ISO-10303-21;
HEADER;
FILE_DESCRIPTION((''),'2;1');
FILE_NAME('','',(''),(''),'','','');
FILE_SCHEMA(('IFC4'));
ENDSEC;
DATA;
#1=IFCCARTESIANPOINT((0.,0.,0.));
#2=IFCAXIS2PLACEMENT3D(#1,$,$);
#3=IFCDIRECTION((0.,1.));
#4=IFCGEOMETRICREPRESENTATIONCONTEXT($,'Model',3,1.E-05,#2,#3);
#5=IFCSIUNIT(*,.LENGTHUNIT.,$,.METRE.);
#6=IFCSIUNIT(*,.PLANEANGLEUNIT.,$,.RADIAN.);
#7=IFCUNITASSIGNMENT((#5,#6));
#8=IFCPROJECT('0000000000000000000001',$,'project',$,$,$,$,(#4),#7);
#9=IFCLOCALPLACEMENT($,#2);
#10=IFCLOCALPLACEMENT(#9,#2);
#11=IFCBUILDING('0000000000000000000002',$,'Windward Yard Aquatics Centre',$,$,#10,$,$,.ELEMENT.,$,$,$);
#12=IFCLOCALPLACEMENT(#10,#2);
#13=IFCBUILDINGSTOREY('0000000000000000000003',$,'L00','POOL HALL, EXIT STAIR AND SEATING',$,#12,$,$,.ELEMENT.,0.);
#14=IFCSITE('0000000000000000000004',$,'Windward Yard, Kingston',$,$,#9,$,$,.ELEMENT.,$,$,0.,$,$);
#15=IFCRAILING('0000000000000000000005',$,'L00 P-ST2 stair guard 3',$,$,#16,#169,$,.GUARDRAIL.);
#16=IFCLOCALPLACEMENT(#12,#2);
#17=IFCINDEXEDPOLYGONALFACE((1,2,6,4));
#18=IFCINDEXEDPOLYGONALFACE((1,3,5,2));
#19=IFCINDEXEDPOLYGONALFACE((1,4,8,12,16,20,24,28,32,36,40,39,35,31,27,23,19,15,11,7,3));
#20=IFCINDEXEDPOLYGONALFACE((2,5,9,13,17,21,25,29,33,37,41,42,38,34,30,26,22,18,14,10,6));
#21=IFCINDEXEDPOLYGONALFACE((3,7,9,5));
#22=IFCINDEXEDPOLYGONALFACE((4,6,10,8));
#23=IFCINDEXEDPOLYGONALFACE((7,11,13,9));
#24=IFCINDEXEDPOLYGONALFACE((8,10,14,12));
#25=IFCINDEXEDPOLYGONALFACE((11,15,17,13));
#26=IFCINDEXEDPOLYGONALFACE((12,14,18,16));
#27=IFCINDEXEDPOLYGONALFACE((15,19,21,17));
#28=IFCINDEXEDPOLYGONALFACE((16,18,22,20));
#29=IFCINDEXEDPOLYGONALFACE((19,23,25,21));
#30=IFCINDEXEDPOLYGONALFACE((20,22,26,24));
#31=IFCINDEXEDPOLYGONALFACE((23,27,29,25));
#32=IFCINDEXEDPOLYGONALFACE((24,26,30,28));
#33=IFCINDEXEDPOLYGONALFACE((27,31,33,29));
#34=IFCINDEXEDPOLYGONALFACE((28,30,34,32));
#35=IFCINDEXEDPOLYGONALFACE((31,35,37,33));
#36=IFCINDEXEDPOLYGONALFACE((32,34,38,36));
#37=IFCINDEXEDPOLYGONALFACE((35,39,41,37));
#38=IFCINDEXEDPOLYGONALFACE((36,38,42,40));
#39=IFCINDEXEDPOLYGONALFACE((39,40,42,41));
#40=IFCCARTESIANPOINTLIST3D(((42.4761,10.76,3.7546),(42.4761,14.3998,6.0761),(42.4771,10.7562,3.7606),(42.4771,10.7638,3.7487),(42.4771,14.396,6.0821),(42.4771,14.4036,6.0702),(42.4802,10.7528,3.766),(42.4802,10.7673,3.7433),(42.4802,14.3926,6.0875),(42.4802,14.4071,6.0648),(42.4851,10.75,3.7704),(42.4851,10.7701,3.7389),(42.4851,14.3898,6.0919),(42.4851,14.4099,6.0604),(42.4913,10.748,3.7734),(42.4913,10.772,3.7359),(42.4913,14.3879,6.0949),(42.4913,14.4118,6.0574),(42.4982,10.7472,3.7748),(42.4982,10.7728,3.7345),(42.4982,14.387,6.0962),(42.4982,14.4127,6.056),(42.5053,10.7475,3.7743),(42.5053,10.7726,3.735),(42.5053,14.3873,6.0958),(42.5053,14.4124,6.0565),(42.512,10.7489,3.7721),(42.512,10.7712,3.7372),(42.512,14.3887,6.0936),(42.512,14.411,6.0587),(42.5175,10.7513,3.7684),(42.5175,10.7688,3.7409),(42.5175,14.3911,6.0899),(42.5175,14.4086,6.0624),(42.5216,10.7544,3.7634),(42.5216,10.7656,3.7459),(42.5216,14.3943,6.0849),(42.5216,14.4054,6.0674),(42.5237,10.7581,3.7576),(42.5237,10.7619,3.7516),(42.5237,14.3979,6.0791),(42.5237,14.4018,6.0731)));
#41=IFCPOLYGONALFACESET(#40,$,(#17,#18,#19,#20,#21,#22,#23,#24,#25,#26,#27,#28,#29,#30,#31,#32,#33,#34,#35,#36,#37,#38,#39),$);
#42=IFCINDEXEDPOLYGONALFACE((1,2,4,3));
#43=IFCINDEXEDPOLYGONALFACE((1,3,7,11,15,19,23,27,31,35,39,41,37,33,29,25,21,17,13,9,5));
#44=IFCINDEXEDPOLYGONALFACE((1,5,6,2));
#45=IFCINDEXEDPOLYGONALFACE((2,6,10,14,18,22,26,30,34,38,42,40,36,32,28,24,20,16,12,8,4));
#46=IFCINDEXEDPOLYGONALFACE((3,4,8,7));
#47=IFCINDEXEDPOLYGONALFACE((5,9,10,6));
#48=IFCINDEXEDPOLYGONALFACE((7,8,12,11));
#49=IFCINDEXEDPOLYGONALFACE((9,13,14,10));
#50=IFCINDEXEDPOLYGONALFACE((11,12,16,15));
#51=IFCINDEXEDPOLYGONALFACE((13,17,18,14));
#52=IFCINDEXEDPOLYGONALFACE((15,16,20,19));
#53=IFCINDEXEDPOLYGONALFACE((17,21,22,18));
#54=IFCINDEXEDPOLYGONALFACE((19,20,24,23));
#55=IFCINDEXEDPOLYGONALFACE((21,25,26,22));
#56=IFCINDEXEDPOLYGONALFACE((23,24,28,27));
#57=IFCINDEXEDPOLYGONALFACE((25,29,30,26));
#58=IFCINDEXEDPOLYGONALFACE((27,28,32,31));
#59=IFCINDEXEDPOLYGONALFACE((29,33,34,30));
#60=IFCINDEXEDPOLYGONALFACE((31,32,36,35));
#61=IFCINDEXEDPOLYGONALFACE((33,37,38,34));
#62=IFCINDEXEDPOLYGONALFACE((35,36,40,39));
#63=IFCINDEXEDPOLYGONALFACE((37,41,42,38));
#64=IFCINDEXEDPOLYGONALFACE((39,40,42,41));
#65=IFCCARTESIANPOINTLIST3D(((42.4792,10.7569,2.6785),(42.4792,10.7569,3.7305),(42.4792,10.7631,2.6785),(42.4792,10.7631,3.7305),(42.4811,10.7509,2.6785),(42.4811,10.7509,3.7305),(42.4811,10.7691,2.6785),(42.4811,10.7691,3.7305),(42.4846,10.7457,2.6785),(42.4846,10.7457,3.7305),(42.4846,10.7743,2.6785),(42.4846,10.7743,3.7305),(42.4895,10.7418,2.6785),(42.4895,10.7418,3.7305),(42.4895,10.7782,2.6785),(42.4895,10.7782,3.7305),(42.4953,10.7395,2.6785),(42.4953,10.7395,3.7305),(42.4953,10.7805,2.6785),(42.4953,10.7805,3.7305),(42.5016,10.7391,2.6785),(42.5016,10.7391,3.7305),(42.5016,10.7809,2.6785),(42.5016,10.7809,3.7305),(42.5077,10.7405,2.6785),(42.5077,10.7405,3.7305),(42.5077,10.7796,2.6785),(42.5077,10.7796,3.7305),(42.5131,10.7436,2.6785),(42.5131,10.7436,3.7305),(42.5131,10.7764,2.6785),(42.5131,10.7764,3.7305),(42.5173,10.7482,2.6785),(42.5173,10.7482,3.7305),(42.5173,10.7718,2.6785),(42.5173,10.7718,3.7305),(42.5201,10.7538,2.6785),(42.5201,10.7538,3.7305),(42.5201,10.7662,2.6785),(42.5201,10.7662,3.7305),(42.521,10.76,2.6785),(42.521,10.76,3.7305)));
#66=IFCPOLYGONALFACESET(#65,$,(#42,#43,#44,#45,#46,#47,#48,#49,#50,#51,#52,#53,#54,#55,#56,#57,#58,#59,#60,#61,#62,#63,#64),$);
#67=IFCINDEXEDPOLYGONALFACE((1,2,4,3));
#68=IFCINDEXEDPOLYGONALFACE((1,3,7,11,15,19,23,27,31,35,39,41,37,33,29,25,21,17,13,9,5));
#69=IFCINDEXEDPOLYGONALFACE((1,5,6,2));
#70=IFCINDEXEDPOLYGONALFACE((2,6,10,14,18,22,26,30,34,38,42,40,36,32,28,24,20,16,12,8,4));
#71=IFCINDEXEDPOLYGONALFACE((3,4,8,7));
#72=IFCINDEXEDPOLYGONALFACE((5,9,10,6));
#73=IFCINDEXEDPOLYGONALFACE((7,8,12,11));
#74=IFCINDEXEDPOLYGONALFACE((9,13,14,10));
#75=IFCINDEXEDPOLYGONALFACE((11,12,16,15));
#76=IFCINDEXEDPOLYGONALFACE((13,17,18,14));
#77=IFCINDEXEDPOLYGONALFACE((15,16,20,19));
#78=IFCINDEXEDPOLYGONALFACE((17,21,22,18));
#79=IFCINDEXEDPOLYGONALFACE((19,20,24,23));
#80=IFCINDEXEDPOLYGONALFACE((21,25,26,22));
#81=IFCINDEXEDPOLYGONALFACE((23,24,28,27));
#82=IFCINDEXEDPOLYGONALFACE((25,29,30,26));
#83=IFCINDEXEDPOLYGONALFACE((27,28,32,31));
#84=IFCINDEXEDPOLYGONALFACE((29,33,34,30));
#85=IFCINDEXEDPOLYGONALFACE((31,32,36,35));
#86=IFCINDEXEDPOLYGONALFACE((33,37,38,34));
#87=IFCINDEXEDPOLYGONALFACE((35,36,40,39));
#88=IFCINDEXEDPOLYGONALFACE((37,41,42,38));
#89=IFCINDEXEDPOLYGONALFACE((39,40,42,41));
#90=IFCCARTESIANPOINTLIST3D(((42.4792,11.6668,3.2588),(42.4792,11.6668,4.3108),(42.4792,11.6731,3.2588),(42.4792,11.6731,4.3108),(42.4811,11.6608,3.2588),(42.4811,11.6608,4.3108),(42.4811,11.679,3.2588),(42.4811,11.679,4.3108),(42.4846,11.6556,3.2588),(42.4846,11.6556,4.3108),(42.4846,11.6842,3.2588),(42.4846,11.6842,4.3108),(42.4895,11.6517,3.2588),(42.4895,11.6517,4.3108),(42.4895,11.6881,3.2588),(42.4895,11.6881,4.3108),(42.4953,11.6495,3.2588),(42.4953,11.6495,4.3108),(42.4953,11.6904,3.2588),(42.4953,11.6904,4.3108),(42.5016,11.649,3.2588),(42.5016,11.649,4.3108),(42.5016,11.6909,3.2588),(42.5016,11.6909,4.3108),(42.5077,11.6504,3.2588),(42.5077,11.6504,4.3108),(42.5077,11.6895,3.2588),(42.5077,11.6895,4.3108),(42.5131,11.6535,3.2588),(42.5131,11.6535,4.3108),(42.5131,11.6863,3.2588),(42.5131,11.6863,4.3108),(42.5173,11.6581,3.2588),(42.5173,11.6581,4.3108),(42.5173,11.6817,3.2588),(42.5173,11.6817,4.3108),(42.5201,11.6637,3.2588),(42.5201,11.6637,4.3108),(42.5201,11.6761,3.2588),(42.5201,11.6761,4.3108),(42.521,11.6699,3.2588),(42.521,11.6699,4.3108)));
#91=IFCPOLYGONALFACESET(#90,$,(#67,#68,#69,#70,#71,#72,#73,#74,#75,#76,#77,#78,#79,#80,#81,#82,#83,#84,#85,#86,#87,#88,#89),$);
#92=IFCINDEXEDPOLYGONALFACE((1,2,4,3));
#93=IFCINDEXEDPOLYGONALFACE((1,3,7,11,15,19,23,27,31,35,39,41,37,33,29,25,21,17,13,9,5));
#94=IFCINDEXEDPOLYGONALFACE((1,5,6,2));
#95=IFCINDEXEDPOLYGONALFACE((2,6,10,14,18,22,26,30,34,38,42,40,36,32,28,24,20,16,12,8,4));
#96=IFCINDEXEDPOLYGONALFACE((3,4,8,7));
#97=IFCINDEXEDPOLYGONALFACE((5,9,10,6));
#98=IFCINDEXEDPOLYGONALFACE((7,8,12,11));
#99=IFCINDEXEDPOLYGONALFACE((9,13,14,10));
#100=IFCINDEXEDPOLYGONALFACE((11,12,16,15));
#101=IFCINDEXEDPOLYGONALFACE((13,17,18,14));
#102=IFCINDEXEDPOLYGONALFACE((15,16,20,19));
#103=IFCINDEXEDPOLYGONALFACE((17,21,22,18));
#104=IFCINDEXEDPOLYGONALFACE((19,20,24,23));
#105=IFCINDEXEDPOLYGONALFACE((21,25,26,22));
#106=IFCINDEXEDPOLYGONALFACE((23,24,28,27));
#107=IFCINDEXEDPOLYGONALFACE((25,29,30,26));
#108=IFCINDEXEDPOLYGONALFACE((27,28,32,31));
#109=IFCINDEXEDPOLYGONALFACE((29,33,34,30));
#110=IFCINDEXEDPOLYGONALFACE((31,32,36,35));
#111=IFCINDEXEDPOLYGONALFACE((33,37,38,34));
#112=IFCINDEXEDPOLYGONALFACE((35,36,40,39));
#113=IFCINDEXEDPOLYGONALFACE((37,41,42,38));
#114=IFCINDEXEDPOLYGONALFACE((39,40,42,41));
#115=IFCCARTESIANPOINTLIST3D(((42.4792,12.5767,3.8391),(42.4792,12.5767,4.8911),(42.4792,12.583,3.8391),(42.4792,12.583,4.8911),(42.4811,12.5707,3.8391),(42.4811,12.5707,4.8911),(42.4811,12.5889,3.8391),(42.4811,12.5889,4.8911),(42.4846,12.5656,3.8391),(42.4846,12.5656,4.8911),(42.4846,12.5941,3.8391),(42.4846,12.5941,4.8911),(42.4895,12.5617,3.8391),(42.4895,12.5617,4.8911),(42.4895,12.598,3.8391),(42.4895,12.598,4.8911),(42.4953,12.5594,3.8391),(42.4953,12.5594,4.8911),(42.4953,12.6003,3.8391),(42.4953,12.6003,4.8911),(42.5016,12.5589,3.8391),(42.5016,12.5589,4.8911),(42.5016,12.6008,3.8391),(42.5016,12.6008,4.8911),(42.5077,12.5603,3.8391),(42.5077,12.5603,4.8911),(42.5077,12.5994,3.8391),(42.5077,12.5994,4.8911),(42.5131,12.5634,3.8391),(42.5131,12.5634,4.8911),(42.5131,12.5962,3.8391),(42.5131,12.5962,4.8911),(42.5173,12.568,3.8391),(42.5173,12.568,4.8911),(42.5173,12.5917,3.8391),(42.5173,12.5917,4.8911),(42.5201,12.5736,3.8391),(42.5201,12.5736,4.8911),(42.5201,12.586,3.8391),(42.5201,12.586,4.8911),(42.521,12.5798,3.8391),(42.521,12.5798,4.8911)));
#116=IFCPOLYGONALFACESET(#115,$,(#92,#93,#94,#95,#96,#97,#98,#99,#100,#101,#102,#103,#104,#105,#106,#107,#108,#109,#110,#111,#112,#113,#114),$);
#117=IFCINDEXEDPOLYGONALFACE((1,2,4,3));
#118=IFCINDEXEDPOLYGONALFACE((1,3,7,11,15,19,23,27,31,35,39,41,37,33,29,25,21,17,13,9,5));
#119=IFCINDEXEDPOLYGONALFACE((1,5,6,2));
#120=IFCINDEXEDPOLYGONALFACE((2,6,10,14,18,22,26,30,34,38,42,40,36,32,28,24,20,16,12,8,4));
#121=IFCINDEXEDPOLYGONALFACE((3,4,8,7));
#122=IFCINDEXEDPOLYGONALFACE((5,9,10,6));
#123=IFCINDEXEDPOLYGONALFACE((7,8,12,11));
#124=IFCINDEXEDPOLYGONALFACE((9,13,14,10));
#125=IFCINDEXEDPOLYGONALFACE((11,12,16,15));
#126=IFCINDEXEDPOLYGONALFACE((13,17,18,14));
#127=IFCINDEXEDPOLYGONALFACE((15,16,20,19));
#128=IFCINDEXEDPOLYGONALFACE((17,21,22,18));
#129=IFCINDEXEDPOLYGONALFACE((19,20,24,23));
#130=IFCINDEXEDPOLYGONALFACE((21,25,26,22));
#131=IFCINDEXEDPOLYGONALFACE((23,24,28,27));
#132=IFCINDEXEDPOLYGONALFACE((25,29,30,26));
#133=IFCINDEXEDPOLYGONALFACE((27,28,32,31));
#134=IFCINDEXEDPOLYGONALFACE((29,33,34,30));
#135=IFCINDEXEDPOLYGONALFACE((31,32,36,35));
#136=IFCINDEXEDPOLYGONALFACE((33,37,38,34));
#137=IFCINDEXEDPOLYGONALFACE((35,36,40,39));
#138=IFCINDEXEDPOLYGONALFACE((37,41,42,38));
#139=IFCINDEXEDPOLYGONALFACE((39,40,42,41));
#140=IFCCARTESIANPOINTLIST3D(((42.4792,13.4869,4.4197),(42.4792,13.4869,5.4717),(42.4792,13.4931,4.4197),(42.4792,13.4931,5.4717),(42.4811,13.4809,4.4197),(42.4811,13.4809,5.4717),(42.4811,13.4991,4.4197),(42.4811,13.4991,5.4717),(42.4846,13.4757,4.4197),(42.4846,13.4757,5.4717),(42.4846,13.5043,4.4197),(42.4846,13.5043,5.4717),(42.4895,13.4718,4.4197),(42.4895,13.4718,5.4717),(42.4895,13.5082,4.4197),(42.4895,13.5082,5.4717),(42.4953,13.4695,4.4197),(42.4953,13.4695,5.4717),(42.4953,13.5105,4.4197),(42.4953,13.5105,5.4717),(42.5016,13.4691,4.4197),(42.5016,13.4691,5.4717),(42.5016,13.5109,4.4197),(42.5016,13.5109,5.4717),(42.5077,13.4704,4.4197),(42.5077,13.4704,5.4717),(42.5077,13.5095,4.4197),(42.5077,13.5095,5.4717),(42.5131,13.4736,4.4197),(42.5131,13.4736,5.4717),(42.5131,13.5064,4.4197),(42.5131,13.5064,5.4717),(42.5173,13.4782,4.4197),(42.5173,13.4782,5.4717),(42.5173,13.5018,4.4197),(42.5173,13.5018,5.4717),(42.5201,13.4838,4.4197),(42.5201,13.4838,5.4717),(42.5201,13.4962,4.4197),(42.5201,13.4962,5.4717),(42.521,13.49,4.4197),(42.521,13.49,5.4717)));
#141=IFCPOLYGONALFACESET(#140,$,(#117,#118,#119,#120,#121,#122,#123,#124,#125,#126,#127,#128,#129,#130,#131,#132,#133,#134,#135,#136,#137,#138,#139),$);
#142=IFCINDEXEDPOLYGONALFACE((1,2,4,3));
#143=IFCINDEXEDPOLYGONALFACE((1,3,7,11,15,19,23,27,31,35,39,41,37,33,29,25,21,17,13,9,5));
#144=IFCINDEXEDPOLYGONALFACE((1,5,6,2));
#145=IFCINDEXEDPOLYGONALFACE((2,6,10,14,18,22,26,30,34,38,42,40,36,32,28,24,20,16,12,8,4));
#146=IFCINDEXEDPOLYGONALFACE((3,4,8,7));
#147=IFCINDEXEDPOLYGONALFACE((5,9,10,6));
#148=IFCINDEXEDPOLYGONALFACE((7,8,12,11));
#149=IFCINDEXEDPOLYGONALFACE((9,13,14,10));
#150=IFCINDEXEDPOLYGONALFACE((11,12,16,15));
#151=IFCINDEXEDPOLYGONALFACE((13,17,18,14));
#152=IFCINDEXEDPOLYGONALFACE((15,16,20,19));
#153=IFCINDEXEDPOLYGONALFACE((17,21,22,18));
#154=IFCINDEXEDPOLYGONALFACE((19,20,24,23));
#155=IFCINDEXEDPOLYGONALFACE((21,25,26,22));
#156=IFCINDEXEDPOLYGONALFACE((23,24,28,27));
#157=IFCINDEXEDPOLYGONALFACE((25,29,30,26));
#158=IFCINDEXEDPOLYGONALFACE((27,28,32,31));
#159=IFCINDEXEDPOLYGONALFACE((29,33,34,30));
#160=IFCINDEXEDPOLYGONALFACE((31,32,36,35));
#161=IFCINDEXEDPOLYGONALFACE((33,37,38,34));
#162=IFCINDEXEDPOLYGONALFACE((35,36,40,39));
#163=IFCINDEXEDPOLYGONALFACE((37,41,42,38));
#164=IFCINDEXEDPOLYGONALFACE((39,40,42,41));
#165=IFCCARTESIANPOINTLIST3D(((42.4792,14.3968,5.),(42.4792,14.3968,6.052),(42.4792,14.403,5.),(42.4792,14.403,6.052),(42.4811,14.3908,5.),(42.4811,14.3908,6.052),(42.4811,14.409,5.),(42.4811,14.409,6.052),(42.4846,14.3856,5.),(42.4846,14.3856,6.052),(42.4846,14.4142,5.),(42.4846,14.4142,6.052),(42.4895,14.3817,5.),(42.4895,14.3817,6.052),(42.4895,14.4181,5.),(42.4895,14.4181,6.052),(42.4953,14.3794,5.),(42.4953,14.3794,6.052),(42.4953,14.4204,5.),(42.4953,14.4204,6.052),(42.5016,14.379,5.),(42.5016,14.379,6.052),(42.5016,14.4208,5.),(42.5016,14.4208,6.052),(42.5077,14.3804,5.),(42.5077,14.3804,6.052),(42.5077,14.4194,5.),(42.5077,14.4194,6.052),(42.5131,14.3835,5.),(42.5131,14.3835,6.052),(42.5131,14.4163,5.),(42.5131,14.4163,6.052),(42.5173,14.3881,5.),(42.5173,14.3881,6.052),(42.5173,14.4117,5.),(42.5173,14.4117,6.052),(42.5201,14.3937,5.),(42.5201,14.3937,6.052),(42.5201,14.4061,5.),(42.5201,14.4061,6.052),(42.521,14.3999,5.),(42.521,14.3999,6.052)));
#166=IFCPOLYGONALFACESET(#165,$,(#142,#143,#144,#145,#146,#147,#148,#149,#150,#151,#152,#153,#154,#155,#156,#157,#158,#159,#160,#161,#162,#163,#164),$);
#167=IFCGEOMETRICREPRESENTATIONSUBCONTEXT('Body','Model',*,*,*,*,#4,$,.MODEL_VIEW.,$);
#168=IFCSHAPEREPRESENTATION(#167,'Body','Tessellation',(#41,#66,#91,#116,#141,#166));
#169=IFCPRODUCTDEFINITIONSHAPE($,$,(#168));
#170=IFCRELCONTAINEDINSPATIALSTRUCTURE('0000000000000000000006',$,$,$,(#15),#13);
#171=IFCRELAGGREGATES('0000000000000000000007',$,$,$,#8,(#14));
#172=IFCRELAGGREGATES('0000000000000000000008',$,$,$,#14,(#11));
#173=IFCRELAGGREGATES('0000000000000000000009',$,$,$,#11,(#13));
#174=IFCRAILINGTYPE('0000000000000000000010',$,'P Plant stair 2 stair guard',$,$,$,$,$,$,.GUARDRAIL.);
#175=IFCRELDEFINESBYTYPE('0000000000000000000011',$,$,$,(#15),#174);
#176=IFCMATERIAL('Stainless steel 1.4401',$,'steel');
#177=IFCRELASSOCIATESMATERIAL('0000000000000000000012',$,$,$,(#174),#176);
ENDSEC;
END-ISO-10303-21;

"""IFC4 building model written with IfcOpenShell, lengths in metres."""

from ifc_helpers import new_model, si_unit, direction, frame, origin, origin_2d, place, context, subcontext, project, spatial, circle, extrude, material, type_object, element, save


model = new_model("IFC4")

# Units and contexts
model_context = context("Model", 3, precision=1e-05, world=origin(), true_north=direction((0.0, 1.0)))
body_context = subcontext(model_context, "Body", "Model", "MODEL_VIEW")
ifc_project = project(units=[si_unit("LENGTHUNIT", "METRE"), si_unit("PLANEANGLEUNIT", "RADIAN")], contexts=[model_context])

# Site, building, storey
site_placement = place(None, origin())
site = spatial("IfcSite", under=ifc_project, at=site_placement, Name="Windward Yard, Kingston", CompositionType="ELEMENT", RefElevation=0.0)
building_placement = place(site_placement, origin())
building = spatial("IfcBuilding", under=site, at=building_placement, Name="Windward Yard Aquatics Centre", CompositionType="ELEMENT")
storey_placement = place(building_placement, origin())
storey = spatial("IfcBuildingStorey", under=building, at=storey_placement, Name="L00", Description="POOL HALL, EXIT STAIR AND SEATING", CompositionType="ELEMENT", Elevation=0.0)

# Railing
ifc_material_1 = material(Name="Stainless steel 1.4401", Category="steel")
railing_type_1 = type_object("IfcRailingType", Name="P Plant stair 2 stair guard", PredefinedType="GUARDRAIL", material=ifc_material_1)
railing_1_placement = place(storey_placement, frame((42.5, 10.76, 2.6785)))
element("IfcRailing", 1, at=railing_1_placement, inside=storey, type_object=railing_type_1, Name="L00 P-ST2 stair guard 3", PredefinedType="GUARDRAIL", context=body_context, shape_type="SweptSolid", body=[
    extrude(circle(Radius=0.0239, at=origin_2d()), frame((0.0, 0.0, 1.0762), z_axis=(0.0, 0.843112, 0.537739), x_axis=(-1.0, 0.0, 0.0)), (0.0, 0.0, 1.0), 4.3171),
    extrude(circle(Radius=0.021, at=origin_2d()), origin(), (0.0, 0.0, 1.0), 1.052),
    extrude(circle(Radius=0.021, at=origin_2d()), frame((0.0, 0.9099, 0.5803)), (0.0, 0.0, 1.0), 1.052),
    extrude(circle(Radius=0.021, at=origin_2d()), frame((0.0, 1.8198, 1.1606)), (0.0, 0.0, 1.0), 1.052),
    extrude(circle(Radius=0.021, at=origin_2d()), frame((0.0, 2.73, 1.7412)), (0.0, 0.0, 1.0), 1.052),
    extrude(circle(Radius=0.021, at=origin_2d()), frame((0.0, 3.6399, 2.3215)), (0.0, 0.0, 1.0), 1.052),
])

save(model, "model.ifc")
